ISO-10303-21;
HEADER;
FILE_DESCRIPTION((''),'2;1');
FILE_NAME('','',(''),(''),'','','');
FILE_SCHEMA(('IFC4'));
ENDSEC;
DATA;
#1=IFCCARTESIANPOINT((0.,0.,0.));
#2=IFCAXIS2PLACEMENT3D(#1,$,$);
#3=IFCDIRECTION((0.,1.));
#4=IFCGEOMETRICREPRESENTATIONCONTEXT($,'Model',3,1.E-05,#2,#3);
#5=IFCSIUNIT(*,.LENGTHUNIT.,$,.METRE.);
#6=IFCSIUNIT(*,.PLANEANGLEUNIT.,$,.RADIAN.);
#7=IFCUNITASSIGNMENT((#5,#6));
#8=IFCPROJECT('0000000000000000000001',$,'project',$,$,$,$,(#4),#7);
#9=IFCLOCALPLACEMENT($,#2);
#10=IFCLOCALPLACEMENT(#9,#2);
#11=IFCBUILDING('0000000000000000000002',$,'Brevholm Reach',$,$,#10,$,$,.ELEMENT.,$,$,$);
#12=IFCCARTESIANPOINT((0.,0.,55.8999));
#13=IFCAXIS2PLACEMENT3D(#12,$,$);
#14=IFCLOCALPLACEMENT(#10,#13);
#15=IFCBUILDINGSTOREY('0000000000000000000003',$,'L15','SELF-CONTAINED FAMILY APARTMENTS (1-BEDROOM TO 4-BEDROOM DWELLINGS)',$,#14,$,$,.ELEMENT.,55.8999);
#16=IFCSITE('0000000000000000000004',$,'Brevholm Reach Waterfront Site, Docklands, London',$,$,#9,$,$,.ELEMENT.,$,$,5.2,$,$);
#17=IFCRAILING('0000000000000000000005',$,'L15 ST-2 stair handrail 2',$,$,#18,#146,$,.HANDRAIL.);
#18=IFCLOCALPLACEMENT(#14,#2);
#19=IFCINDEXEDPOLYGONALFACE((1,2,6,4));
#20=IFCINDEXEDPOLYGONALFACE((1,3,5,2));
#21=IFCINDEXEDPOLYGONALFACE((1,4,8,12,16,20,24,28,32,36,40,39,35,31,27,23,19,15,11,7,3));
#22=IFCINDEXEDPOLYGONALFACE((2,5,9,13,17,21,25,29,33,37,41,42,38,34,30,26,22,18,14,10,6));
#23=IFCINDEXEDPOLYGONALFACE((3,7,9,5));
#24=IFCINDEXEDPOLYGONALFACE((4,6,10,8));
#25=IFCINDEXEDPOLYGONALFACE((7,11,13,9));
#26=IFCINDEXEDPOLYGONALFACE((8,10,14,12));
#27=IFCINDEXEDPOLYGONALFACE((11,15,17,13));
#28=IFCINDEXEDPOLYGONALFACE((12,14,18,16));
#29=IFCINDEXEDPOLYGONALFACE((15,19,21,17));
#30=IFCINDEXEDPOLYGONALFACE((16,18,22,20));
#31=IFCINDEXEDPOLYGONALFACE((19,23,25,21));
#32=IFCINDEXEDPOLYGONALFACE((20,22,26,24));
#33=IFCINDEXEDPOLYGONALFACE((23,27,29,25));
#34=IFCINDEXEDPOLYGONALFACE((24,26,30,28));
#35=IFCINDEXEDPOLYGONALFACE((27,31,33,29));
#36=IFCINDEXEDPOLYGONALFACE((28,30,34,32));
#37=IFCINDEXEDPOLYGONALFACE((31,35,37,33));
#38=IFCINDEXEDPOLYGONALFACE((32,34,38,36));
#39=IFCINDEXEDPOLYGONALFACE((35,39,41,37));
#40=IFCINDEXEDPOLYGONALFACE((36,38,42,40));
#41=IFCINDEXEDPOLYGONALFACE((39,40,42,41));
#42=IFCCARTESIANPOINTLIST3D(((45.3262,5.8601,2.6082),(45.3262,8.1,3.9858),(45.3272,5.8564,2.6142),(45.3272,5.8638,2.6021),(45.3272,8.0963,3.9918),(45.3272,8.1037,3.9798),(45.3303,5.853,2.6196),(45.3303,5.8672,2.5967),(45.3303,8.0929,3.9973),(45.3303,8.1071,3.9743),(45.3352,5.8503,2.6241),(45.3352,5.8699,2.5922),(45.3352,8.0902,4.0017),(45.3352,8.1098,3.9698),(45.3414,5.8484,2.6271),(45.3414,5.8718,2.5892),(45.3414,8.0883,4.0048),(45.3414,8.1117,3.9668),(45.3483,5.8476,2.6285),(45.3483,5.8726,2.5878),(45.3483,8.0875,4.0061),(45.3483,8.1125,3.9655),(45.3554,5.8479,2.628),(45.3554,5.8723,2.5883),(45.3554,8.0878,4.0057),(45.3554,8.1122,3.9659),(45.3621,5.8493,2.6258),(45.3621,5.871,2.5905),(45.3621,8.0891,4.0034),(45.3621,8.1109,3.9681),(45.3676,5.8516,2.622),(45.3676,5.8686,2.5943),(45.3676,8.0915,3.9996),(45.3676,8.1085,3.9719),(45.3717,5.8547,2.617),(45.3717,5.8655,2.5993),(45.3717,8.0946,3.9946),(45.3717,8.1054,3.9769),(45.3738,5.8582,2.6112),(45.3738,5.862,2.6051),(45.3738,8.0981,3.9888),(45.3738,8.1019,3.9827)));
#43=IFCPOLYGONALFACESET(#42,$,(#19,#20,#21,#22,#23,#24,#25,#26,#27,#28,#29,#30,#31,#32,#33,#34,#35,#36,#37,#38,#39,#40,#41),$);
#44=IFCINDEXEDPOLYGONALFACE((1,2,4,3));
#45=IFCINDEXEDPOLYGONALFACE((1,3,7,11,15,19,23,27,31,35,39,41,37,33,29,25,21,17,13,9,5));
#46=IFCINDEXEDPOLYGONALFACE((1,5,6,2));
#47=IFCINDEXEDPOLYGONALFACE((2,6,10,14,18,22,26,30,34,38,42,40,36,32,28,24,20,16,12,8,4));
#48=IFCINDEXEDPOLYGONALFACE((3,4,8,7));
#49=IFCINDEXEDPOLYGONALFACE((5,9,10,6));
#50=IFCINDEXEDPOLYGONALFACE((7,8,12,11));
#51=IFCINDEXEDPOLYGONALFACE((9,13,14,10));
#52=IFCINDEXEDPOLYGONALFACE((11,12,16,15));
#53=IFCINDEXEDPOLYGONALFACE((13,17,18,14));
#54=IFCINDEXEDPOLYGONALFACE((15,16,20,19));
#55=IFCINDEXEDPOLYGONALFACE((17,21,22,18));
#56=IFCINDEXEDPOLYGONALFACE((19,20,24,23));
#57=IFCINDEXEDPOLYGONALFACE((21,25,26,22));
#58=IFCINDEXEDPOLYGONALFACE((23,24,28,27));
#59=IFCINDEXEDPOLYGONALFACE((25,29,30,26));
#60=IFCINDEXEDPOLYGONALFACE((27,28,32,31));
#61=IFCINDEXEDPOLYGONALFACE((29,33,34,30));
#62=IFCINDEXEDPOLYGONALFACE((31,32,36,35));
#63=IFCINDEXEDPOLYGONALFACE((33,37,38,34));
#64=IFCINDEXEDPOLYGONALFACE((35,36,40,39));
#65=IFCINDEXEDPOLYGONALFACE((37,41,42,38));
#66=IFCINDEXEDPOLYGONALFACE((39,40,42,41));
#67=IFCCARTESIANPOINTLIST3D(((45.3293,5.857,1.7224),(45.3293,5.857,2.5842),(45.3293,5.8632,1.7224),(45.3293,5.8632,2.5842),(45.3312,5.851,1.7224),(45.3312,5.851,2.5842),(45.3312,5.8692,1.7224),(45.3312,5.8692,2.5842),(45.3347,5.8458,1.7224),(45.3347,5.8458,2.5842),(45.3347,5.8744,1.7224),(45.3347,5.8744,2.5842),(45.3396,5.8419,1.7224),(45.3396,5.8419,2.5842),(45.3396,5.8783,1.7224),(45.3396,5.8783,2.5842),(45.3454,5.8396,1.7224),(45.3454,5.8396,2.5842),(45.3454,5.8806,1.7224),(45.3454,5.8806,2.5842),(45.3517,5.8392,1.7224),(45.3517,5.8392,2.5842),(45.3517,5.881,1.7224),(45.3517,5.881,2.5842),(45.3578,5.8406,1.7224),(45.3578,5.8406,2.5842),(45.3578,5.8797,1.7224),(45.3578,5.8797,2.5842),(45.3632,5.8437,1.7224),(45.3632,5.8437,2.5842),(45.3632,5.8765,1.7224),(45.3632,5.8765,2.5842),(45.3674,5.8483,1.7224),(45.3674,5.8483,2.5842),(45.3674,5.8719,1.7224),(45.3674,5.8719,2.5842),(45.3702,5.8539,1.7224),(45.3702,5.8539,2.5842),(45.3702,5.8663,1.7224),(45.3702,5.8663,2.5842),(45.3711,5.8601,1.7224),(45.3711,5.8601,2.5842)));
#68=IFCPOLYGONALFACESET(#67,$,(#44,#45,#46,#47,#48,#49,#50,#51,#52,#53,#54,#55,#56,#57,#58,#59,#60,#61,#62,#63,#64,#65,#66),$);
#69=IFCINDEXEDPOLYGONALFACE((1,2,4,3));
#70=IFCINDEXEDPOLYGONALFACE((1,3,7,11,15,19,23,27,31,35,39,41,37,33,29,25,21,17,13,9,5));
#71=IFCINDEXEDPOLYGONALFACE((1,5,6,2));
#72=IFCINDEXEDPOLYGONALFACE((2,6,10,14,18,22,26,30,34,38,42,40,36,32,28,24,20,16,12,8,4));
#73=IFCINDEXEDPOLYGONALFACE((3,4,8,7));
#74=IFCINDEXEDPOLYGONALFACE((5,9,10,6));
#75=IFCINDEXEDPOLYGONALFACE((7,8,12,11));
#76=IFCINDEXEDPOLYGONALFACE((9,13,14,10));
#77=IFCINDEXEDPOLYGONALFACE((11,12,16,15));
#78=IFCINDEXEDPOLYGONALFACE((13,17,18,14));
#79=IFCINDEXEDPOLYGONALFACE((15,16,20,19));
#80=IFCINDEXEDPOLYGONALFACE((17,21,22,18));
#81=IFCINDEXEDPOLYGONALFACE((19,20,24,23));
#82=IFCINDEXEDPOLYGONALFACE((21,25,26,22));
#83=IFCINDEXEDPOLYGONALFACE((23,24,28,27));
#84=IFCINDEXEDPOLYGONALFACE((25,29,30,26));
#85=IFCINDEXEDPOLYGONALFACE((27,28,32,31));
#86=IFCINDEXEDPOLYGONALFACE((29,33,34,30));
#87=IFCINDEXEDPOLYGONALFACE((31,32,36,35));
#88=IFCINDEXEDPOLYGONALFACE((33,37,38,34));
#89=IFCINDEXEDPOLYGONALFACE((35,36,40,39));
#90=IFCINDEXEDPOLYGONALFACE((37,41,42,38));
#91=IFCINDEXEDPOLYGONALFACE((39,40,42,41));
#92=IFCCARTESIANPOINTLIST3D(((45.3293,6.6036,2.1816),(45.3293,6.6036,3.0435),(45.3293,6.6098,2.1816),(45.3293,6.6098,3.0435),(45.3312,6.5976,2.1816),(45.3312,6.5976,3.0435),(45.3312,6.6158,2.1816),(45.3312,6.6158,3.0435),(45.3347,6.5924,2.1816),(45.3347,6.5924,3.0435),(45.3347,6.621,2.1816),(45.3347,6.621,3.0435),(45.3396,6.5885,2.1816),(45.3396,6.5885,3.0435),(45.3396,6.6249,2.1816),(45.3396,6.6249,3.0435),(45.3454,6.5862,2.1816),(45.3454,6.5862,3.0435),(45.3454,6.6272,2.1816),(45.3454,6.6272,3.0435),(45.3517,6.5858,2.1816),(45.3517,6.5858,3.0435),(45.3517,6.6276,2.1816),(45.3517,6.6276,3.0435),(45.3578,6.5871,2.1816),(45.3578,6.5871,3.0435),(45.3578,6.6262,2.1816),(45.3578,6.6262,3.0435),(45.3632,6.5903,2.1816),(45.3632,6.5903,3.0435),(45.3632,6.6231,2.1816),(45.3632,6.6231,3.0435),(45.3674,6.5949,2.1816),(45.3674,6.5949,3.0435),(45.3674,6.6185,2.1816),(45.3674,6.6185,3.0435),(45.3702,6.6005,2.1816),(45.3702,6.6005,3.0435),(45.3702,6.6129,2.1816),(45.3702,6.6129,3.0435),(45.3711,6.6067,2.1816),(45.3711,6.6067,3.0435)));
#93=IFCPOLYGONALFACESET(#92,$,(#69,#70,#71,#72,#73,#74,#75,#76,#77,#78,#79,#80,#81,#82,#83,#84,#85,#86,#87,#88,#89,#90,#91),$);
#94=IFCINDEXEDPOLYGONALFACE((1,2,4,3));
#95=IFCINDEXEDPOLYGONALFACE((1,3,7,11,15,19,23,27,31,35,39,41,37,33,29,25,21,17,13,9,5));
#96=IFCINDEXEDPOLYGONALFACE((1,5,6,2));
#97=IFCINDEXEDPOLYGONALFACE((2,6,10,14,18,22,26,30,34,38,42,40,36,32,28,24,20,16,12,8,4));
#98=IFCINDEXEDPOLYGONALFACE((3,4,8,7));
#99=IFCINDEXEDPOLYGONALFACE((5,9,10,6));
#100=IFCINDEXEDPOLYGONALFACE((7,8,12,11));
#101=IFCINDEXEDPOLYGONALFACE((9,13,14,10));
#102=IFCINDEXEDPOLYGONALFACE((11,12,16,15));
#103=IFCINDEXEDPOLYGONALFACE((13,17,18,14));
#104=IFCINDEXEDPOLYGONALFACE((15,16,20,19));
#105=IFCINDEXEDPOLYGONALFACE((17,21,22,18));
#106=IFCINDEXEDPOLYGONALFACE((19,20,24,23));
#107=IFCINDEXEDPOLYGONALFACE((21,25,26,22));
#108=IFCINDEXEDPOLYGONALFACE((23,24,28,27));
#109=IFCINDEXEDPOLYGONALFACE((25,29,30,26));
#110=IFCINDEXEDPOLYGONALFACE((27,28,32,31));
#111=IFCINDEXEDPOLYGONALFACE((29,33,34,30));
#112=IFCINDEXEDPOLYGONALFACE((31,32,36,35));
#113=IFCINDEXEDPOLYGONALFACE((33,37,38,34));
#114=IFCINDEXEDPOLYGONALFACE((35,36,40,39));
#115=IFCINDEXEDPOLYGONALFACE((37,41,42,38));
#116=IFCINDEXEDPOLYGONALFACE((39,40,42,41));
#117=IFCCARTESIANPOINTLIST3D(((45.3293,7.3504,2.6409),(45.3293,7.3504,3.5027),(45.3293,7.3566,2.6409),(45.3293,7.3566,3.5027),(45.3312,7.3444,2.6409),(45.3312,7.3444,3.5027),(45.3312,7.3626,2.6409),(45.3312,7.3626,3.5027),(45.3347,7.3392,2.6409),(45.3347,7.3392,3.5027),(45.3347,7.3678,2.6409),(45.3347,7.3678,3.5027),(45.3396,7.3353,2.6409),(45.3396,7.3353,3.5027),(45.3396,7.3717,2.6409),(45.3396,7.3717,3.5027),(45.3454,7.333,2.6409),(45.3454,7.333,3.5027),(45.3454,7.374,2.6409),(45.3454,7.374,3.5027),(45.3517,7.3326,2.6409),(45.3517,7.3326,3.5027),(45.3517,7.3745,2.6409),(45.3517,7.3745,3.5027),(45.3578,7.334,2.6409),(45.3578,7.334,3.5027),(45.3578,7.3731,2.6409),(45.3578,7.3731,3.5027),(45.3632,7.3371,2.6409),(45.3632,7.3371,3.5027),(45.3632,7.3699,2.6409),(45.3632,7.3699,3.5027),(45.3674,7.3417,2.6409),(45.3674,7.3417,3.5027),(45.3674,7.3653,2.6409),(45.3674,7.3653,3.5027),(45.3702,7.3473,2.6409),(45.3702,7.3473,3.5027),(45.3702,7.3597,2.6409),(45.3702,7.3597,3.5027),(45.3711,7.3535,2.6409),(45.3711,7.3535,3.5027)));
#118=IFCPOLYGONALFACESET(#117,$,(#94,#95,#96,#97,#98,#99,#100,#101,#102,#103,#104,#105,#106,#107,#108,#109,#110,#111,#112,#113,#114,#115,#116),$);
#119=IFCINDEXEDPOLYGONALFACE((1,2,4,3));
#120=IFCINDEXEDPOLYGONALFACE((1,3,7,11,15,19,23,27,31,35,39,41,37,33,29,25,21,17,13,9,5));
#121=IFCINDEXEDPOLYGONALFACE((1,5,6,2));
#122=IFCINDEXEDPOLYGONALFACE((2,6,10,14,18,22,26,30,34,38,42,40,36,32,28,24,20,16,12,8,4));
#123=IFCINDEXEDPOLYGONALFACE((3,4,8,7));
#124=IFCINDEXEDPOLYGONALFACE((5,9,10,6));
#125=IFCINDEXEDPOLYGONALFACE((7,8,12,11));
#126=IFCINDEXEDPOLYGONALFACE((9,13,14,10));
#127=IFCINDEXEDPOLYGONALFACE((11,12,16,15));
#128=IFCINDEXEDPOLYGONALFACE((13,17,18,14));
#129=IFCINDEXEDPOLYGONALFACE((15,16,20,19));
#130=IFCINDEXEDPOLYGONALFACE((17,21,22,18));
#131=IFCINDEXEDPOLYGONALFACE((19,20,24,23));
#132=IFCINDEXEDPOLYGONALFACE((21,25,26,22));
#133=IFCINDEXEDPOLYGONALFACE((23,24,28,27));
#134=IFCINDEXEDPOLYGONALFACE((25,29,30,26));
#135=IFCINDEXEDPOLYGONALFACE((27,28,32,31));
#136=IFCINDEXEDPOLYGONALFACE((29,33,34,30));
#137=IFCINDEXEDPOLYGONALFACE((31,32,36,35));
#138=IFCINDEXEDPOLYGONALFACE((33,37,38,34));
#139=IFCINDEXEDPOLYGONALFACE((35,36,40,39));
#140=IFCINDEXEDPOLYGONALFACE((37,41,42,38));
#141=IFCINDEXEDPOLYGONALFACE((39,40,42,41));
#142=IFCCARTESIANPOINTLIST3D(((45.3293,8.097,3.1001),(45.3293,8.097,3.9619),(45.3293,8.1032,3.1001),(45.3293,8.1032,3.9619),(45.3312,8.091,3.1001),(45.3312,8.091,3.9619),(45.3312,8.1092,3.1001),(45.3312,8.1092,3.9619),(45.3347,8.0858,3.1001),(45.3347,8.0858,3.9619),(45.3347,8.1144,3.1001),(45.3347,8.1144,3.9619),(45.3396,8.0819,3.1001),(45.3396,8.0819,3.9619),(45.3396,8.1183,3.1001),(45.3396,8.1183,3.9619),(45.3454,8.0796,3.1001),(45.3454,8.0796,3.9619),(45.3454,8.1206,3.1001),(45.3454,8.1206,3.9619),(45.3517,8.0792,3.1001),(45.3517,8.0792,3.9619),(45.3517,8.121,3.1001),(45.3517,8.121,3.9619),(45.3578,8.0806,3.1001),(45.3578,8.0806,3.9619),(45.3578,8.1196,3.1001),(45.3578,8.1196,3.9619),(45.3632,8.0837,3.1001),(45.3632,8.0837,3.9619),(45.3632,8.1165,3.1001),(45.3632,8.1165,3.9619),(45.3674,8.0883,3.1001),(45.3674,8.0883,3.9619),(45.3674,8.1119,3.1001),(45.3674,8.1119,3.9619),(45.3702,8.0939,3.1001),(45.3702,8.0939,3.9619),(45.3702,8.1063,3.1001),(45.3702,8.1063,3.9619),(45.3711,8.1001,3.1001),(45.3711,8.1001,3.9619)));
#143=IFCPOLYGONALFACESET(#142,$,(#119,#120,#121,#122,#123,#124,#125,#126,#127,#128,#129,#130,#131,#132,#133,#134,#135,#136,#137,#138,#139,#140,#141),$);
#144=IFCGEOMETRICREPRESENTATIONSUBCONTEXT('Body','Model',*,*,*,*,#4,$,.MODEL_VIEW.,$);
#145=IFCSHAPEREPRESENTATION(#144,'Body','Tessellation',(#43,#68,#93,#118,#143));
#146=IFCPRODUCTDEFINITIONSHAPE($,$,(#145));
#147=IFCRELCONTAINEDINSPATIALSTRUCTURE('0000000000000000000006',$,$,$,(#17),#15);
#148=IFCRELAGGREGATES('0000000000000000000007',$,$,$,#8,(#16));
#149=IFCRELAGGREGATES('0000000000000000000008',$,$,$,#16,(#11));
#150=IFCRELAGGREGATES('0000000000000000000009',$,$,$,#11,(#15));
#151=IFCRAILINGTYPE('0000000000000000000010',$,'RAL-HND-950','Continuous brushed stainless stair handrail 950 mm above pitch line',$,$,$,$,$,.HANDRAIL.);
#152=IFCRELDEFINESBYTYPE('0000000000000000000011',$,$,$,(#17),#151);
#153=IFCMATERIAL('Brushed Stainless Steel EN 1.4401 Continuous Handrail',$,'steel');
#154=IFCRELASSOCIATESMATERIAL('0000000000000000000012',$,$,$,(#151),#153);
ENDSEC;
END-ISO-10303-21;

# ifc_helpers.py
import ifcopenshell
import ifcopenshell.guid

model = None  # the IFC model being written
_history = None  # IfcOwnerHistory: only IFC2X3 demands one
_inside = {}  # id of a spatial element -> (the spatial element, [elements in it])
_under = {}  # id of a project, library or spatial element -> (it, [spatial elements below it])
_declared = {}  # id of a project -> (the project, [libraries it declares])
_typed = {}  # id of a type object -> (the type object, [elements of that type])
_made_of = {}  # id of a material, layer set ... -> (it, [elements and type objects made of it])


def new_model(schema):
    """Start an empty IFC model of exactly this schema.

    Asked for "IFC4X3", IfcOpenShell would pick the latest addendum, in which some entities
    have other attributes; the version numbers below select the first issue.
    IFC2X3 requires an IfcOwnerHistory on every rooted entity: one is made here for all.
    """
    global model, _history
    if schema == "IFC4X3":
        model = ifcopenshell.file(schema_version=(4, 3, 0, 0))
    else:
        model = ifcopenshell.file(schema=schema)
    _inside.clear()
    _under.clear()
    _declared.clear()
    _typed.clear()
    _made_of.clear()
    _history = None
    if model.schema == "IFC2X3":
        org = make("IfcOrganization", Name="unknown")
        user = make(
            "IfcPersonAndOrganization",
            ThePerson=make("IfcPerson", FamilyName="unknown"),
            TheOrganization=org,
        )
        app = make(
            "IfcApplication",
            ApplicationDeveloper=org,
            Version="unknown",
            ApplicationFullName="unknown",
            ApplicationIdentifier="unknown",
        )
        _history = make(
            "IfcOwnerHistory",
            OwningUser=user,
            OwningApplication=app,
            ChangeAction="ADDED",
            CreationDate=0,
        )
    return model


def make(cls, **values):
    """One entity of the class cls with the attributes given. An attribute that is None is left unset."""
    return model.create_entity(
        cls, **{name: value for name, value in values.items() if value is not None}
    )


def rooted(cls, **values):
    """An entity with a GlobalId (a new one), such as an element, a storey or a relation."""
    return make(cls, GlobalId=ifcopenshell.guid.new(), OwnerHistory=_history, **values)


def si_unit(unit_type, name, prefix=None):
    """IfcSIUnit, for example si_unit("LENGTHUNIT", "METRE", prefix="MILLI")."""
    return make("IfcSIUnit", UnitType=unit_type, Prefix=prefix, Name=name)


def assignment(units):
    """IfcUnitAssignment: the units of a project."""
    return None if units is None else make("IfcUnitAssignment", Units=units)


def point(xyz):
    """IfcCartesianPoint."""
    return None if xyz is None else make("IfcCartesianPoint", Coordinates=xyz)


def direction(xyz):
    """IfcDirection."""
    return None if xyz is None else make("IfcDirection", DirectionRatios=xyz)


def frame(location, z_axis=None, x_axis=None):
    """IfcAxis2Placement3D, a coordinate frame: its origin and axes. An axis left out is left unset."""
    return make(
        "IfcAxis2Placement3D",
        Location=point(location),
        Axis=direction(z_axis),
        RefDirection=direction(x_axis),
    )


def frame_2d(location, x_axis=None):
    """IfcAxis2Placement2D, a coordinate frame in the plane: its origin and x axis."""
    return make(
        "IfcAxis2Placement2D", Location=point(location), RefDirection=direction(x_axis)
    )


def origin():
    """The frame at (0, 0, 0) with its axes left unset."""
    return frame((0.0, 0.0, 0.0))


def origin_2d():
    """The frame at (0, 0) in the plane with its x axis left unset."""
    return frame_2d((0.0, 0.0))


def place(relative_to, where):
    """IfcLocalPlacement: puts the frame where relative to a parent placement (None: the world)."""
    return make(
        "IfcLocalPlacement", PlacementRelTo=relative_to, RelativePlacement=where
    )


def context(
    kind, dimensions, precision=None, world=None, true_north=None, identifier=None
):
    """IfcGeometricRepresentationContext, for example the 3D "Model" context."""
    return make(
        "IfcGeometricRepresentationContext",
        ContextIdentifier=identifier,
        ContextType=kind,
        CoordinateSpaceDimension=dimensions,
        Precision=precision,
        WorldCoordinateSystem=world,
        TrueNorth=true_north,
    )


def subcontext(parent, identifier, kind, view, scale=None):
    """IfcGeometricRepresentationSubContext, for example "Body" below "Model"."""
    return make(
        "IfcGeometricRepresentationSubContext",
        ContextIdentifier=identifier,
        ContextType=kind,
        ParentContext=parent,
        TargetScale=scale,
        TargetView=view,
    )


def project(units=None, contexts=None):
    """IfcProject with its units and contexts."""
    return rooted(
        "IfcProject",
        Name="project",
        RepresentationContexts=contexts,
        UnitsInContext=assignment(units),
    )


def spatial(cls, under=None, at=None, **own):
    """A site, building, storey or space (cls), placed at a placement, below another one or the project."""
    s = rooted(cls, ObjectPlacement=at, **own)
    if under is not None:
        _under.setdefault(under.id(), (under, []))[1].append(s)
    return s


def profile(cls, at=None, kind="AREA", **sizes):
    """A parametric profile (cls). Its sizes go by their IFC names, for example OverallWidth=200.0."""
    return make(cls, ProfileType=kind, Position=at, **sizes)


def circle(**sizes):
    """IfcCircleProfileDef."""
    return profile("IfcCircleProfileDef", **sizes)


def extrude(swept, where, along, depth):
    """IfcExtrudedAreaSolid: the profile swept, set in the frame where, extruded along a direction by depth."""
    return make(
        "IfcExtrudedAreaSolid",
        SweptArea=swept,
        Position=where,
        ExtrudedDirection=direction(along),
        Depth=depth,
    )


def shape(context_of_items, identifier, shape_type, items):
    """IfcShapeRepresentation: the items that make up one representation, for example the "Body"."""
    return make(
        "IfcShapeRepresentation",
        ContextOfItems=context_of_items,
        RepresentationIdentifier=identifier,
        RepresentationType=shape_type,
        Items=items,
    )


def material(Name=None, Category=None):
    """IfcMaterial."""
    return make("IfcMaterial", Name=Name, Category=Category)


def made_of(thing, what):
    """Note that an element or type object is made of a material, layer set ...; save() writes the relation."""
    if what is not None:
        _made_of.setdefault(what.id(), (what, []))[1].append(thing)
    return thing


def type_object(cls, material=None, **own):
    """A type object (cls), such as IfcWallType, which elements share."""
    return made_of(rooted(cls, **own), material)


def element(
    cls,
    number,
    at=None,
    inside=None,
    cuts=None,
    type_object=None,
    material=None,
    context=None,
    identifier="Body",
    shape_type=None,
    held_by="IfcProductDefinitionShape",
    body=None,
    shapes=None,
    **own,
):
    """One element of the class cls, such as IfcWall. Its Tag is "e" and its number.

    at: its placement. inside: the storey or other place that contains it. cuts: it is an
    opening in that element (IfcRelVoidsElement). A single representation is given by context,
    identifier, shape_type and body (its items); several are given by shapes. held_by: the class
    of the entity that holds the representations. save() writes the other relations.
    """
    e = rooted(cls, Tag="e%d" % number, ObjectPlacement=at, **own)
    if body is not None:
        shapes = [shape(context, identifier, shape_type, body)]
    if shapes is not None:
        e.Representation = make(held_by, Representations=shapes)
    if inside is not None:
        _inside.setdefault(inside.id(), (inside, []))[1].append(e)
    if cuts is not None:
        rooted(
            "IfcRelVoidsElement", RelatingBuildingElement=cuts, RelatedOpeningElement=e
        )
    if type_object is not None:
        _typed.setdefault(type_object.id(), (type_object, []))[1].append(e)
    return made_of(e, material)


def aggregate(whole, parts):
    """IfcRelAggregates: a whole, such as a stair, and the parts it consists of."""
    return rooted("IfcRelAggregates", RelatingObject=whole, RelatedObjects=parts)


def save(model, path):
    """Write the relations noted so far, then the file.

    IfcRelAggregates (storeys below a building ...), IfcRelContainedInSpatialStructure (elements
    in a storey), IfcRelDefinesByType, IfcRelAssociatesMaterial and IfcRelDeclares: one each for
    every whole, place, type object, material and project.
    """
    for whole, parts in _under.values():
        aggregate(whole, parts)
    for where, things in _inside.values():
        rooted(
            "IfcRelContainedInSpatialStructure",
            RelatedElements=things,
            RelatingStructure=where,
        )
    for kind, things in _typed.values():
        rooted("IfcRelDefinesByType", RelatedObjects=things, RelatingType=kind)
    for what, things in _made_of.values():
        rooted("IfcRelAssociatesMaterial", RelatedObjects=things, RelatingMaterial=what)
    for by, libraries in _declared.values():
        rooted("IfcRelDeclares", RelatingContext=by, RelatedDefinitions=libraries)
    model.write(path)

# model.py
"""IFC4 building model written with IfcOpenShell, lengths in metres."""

from ifc_helpers import new_model, si_unit, direction, frame, origin, origin_2d, place, context, subcontext, project, spatial, circle, extrude, material, type_object, element, save


model = new_model("IFC4")

# Units and contexts
model_context = context("Model", 3, precision=1e-05, world=origin(), true_north=direction((0.0, 1.0)))
body_context = subcontext(model_context, "Body", "Model", "MODEL_VIEW")
ifc_project = project(units=[si_unit("LENGTHUNIT", "METRE"), si_unit("PLANEANGLEUNIT", "RADIAN")], contexts=[model_context])

# Site, building, storey
site_placement = place(None, origin())
site = spatial("IfcSite", under=ifc_project, at=site_placement, Name="Brevholm Reach Waterfront Site, Docklands, London", CompositionType="ELEMENT", RefElevation=5.2)
building_placement = place(site_placement, origin())
building = spatial("IfcBuilding", under=site, at=building_placement, Name="Brevholm Reach", CompositionType="ELEMENT")
storey_placement = place(building_placement, frame((0.0, 0.0, 55.8999)))
storey = spatial("IfcBuildingStorey", under=building, at=storey_placement, Name="L15", Description="SELF-CONTAINED FAMILY APARTMENTS (1-BEDROOM TO 4-BEDROOM DWELLINGS)", CompositionType="ELEMENT", Elevation=55.8999)

# Railing
ifc_material_1 = material(Name="Brushed Stainless Steel EN 1.4401 Continuous Handrail", Category="steel")
railing_type_1 = type_object("IfcRailingType", Name="RAL-HND-950", Description="Continuous brushed stainless stair handrail 950 mm above pitch line", PredefinedType="HANDRAIL", material=ifc_material_1)
railing_1_placement = place(storey_placement, frame((45.3501, 5.8601, 1.7224)))
element("IfcRailing", 1, at=railing_1_placement, inside=storey, type_object=railing_type_1, Name="L15 ST-2 stair handrail 2", PredefinedType="HANDRAIL", context=body_context, shape_type="SweptSolid", body=[
    extrude(circle(Radius=0.0239, at=origin_2d()), frame((0.0, 0.0, 0.8857), z_axis=(0.0, 0.851789, 0.523885), x_axis=(-1.0, 0.0, 0.0)), (0.0, 0.0, 1.0), 2.6296),
    extrude(circle(Radius=0.021, at=origin_2d()), origin(), (0.0, 0.0, 1.0), 0.8618),
    extrude(circle(Radius=0.021, at=origin_2d()), frame((0.0, 0.7466, 0.4592)), (0.0, 0.0, 1.0), 0.8618),
    extrude(circle(Radius=0.021, at=origin_2d()), frame((0.0, 1.4934, 0.9185)), (0.0, 0.0, 1.0), 0.8618),
    extrude(circle(Radius=0.021, at=origin_2d()), frame((0.0, 2.24, 1.3777)), (0.0, 0.0, 1.0), 0.8618),
])

save(model, "model.ifc")
